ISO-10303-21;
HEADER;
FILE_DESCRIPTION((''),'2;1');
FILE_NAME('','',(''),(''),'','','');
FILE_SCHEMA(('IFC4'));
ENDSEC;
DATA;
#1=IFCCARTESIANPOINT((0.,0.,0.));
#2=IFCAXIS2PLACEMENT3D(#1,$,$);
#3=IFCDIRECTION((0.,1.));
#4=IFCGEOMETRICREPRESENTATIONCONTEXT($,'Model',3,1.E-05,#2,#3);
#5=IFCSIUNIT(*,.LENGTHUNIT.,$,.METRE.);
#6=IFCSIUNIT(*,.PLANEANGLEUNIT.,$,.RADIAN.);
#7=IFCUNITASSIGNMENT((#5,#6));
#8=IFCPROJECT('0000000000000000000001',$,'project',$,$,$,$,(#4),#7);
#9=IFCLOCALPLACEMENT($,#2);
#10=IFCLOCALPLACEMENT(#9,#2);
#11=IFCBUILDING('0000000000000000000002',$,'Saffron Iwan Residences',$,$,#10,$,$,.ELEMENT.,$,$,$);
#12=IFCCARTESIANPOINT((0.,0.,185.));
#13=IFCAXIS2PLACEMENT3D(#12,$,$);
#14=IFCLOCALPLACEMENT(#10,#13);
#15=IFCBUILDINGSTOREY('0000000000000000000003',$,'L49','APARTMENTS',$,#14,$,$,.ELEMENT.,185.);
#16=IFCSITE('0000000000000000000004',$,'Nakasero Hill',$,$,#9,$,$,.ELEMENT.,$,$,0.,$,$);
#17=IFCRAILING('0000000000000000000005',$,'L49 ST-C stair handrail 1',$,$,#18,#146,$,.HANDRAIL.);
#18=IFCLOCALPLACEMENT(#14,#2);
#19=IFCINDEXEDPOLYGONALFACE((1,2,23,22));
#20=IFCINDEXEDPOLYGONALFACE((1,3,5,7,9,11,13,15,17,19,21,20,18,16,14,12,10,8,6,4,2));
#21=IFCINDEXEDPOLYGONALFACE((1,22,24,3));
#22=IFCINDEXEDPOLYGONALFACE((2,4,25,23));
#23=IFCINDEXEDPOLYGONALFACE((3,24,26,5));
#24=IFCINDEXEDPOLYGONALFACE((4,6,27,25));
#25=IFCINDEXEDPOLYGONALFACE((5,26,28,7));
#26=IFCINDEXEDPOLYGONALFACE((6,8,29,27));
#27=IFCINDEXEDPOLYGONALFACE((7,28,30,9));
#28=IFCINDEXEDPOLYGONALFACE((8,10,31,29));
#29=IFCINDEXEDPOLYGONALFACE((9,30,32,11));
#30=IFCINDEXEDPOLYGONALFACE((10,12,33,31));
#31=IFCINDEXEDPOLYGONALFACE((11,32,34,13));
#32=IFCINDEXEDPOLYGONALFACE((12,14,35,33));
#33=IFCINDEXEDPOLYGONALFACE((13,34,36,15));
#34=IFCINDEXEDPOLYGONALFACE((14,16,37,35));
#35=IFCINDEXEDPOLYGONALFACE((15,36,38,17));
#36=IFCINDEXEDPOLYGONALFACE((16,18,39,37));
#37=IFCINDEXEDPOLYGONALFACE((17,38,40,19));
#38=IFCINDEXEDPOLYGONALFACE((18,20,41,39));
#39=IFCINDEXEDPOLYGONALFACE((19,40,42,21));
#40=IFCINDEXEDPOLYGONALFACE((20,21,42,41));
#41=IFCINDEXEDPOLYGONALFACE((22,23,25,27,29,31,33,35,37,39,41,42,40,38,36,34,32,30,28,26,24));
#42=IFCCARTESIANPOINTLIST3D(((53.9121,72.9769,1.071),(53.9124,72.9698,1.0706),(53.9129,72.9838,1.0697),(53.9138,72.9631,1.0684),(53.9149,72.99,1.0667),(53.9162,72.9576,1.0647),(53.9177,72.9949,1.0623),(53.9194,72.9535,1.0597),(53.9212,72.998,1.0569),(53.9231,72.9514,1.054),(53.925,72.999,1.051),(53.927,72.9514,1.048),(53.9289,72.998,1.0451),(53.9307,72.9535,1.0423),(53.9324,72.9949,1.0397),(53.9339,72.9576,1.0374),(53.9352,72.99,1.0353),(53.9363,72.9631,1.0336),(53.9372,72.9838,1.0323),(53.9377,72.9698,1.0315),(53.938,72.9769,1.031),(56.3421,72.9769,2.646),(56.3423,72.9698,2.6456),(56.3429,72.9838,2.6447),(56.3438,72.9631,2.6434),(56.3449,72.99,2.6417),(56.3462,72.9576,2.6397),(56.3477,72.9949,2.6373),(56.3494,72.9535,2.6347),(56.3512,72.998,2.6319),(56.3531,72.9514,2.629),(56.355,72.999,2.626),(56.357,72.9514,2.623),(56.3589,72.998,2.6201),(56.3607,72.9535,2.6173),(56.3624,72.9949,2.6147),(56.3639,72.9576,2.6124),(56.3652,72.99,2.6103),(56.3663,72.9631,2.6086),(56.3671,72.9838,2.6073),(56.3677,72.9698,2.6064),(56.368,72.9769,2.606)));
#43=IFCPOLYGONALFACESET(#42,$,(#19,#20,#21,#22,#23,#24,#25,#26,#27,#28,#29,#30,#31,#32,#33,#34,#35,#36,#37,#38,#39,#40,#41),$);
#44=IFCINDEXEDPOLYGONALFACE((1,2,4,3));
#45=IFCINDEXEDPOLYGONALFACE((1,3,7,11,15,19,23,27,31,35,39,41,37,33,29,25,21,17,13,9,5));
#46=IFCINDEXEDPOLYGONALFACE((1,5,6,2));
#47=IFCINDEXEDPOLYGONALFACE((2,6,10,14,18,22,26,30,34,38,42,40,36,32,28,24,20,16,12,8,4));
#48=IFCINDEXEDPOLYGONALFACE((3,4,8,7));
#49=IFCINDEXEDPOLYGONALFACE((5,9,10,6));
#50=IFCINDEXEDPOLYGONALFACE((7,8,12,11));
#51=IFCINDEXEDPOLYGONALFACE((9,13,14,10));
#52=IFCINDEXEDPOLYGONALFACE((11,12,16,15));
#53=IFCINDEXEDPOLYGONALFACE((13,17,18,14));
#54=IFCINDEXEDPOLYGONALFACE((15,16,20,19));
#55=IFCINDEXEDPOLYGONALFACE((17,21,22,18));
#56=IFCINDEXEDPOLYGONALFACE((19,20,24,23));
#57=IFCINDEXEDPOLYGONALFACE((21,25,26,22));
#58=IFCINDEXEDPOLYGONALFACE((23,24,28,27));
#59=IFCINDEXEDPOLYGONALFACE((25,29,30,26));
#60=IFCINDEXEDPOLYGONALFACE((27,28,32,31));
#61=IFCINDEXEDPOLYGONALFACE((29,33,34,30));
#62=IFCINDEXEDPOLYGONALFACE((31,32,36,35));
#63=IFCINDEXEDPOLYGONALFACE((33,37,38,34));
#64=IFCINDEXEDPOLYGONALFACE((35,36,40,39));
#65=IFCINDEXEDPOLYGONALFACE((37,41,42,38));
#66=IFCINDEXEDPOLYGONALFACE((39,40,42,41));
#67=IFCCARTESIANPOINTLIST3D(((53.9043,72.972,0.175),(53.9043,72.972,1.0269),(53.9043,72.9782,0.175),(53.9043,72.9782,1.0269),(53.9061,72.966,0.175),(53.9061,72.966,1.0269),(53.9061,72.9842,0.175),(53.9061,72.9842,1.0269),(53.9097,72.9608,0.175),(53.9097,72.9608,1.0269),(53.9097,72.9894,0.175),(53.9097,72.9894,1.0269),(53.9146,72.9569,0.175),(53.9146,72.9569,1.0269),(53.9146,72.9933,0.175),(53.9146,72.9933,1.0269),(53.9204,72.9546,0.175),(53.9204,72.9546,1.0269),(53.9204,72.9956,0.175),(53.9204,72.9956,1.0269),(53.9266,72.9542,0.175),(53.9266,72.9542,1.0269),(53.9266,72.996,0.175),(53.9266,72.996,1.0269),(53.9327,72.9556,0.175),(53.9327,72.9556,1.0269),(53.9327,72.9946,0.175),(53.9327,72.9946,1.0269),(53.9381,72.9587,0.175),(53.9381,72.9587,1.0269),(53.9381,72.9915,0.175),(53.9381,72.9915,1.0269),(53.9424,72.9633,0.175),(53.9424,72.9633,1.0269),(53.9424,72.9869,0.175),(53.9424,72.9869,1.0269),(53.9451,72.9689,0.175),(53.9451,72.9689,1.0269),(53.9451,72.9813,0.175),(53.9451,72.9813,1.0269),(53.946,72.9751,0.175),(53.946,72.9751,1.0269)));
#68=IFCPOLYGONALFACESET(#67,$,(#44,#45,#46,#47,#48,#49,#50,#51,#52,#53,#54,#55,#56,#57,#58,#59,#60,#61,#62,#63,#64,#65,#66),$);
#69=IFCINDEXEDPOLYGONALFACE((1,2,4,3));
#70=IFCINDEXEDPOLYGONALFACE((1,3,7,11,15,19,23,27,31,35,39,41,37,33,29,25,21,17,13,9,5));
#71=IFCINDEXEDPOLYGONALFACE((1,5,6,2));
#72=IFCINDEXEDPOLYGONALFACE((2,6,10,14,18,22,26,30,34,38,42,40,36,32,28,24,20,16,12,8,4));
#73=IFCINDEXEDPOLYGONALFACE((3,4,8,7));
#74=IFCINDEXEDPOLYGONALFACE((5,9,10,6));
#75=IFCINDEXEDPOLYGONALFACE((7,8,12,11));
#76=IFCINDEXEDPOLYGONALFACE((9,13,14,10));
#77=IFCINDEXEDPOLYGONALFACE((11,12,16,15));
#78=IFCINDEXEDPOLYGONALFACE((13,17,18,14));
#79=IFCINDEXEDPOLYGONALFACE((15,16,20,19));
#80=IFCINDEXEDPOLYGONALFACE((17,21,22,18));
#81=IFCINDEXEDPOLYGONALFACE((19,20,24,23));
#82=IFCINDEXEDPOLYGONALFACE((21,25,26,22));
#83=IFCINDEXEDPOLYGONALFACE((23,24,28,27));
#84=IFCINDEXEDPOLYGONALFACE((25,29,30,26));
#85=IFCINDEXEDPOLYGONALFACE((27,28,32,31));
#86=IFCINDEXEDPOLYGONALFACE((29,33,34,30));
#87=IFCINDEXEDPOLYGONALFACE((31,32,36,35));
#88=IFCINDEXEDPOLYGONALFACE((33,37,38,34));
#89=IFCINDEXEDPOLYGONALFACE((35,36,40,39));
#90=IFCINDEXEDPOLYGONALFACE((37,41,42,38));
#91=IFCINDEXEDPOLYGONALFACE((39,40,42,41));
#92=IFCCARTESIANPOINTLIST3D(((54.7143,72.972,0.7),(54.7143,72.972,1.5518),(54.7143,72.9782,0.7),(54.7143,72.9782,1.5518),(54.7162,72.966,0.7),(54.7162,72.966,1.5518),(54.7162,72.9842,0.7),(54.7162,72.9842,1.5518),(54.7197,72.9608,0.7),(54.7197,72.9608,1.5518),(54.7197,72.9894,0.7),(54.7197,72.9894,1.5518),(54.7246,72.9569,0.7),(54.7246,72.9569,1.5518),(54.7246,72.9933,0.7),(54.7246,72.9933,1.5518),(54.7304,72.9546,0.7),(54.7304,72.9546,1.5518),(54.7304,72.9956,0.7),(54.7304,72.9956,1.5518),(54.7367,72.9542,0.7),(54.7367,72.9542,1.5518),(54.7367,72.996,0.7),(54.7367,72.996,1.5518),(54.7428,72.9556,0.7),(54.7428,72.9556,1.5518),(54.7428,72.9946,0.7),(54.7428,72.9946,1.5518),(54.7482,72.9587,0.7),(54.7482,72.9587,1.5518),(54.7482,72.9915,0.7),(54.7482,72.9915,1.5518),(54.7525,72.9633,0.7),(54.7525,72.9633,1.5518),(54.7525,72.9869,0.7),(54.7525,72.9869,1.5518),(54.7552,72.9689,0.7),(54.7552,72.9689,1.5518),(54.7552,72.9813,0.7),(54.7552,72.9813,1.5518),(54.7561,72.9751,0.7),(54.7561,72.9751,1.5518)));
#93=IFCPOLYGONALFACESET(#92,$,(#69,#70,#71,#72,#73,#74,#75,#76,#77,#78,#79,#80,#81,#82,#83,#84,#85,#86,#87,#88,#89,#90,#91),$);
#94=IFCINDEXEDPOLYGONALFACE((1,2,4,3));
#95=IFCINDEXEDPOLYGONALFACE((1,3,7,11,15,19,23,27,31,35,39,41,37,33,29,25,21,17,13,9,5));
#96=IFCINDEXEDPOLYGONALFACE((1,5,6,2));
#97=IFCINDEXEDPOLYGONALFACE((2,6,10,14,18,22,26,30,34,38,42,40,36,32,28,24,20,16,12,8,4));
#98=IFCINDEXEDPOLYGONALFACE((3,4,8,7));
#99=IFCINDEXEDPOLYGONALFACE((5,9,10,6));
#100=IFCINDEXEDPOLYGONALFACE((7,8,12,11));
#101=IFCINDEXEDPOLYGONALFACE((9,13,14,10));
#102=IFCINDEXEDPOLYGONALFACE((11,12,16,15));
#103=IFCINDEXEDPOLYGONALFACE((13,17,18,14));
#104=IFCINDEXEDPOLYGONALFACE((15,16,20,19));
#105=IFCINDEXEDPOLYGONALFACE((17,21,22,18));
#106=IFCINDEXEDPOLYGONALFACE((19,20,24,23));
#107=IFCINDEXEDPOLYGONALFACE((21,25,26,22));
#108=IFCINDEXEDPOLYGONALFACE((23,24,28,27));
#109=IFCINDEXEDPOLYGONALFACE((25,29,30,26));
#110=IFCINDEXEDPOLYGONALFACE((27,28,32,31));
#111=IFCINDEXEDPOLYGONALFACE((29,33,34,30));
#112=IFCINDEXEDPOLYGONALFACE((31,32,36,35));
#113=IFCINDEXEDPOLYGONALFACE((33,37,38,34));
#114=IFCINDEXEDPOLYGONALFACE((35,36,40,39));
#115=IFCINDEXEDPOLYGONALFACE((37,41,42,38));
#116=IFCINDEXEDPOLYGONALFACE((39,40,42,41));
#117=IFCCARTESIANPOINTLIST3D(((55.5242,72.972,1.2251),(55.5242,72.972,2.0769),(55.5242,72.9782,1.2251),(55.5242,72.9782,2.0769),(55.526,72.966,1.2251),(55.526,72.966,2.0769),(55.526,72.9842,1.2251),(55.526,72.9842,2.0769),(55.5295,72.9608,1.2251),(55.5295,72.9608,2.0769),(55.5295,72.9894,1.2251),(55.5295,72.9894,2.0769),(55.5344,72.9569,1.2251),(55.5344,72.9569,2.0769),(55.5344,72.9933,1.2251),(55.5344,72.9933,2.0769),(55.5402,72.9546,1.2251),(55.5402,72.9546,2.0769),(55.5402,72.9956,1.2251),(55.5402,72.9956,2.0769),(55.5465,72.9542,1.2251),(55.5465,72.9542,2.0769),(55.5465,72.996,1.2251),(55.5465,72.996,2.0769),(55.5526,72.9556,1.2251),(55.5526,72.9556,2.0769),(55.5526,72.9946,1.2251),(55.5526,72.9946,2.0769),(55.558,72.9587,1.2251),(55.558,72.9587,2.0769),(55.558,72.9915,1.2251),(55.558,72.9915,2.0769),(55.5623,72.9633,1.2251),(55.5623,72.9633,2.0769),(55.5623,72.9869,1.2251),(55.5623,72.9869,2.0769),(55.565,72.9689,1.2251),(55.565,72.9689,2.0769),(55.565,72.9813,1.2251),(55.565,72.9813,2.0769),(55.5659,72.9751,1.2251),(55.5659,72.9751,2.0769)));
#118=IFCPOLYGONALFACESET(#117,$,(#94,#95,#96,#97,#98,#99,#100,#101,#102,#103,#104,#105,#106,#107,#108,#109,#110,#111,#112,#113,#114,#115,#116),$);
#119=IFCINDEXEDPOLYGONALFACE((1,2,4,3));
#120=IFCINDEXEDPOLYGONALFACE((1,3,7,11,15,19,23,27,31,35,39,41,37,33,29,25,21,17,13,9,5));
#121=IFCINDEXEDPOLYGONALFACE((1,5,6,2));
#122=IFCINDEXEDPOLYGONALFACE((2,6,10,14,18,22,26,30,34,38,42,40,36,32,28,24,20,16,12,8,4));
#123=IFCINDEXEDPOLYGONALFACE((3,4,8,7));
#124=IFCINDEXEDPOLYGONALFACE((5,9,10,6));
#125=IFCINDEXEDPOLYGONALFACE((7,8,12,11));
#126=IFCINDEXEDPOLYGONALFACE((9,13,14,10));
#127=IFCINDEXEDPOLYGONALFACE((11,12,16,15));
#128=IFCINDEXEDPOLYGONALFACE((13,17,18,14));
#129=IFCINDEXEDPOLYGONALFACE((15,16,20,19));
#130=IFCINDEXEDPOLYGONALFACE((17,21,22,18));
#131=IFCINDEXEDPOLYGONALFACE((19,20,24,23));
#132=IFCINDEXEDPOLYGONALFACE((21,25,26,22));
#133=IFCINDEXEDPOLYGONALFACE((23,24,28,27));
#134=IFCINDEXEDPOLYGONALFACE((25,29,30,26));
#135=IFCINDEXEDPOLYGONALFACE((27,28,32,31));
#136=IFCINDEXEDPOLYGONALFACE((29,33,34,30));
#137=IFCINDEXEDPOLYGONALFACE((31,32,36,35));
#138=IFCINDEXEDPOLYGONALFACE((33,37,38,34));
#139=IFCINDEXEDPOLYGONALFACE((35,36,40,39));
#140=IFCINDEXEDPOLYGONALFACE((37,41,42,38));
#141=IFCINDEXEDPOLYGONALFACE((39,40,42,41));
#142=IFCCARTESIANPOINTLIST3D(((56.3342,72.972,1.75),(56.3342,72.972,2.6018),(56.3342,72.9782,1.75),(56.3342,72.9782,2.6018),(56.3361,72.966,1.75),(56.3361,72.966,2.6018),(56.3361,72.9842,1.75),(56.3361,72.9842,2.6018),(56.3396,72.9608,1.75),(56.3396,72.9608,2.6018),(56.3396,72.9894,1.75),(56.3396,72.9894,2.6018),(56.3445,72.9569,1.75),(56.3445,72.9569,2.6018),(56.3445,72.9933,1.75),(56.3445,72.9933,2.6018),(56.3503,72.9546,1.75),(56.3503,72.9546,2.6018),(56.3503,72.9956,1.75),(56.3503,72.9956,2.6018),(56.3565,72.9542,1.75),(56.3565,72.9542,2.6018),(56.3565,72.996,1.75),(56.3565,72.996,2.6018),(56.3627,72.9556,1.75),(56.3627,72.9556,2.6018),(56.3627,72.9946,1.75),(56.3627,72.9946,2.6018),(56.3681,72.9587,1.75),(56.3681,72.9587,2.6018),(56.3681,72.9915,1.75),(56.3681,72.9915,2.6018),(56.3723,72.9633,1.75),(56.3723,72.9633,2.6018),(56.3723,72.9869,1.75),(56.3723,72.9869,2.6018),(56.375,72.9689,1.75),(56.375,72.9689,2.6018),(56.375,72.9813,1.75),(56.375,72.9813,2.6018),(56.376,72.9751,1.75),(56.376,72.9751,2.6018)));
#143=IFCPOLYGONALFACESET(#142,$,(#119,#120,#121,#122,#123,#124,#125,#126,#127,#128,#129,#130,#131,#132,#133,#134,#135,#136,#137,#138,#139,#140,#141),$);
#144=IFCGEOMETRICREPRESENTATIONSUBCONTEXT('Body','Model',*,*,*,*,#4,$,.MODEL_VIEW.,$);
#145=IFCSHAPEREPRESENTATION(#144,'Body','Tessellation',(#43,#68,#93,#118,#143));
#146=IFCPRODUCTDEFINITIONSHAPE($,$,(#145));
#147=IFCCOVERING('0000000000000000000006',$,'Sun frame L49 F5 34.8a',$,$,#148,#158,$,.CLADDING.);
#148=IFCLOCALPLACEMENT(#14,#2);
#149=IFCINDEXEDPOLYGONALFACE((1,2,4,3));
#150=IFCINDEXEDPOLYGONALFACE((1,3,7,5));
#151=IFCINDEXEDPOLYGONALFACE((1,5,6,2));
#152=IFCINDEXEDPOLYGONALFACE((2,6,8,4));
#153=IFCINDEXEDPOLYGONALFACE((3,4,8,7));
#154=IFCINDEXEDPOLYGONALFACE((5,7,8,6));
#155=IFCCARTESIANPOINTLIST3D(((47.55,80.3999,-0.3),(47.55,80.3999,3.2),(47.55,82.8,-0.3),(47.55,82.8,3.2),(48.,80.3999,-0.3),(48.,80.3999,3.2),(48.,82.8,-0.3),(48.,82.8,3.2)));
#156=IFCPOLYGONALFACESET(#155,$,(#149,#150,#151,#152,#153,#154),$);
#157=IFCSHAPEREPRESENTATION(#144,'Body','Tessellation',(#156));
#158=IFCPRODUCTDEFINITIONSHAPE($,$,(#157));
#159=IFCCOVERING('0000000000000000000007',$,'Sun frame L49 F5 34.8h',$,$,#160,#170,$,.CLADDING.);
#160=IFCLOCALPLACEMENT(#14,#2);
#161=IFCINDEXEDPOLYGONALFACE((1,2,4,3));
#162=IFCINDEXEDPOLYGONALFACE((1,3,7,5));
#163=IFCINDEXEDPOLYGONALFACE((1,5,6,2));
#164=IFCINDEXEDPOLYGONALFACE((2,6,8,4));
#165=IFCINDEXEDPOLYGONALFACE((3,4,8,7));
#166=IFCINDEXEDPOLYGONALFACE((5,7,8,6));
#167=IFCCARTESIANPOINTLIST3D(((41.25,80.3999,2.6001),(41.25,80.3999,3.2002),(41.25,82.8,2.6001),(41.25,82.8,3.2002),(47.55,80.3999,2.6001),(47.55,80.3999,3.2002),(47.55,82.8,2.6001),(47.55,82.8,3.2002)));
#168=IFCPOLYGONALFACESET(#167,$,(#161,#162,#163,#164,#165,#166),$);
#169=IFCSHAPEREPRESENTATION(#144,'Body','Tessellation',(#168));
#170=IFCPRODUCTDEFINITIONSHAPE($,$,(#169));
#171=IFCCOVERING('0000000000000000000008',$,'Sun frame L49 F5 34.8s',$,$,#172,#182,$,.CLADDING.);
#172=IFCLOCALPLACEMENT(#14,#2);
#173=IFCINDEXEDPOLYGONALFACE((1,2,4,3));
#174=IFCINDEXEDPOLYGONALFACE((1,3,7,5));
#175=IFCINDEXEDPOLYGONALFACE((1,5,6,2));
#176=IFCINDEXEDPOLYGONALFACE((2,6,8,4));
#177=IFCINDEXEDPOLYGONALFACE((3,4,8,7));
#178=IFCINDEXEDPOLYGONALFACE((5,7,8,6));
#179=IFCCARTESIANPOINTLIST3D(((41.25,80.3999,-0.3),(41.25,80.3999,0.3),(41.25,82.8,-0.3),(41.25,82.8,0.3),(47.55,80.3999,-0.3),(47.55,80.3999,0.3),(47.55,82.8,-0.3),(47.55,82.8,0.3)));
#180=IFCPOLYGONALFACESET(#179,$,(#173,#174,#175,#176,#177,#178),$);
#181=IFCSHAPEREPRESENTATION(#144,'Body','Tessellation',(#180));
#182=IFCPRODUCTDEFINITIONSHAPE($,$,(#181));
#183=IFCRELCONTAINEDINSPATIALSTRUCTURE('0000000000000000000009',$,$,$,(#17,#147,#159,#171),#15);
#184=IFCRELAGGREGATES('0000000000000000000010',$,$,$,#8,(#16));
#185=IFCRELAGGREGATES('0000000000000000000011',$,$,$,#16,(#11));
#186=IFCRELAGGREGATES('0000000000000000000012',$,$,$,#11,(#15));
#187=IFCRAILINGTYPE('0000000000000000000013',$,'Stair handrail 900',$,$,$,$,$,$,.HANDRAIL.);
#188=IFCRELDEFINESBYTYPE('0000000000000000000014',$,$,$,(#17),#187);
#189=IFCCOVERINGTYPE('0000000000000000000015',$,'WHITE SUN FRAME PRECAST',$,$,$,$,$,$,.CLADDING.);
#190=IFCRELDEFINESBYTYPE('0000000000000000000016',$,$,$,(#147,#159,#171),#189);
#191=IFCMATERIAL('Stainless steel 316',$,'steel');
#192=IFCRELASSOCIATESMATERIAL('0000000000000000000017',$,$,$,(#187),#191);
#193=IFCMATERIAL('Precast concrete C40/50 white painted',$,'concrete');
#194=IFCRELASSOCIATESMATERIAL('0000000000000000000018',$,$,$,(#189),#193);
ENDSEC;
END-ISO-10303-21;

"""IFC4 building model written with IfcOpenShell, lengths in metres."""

from ifc_helpers import new_model, si_unit, direction, frame, origin, origin_2d, place, context, subcontext, project, spatial, polyline, circle, outline, extrude, material, type_object, element, save


model = new_model("IFC4")

# Units and contexts
model_context = context("Model", 3, precision=1e-05, world=origin(), true_north=direction((0.0, 1.0)))
body_context = subcontext(model_context, "Body", "Model", "MODEL_VIEW")
ifc_project = project(units=[si_unit("LENGTHUNIT", "METRE"), si_unit("PLANEANGLEUNIT", "RADIAN")], contexts=[model_context])

# Site, building, storey
site_placement = place(None, origin())
site = spatial("IfcSite", under=ifc_project, at=site_placement, Name="Nakasero Hill", CompositionType="ELEMENT", RefElevation=0.0)
building_placement = place(site_placement, origin())
building = spatial("IfcBuilding", under=site, at=building_placement, Name="Saffron Iwan Residences", CompositionType="ELEMENT")
storey_placement = place(building_placement, frame((0.0, 0.0, 185.0)))
storey = spatial("IfcBuildingStorey", under=building, at=storey_placement, Name="L49", Description="APARTMENTS", CompositionType="ELEMENT", Elevation=185.0)

# Railing
ifc_material_1 = material(Name="Stainless steel 316", Category="steel")
railing_type_1 = type_object("IfcRailingType", Name="Stair handrail 900", PredefinedType="HANDRAIL", material=ifc_material_1)
railing_1_placement = place(storey_placement, frame((53.925, 72.9751, 0.175)))
element("IfcRailing", 1, at=railing_1_placement, inside=storey, type_object=railing_type_1, Name="L49 ST-C stair handrail 1", PredefinedType="HANDRAIL", context=body_context, shape_type="SweptSolid", body=[
    extrude(circle(Radius=0.0239, at=origin_2d()), frame((0.0, 0.0, 0.876), z_axis=(0.839154, 0.0, 0.543894), x_axis=(0.0, 1.0, 0.0)), (0.0, 0.0, 1.0), 2.8958),
    extrude(circle(Radius=0.021, at=origin_2d()), origin(), (0.0, 0.0, 1.0), 0.8518),
    extrude(circle(Radius=0.021, at=origin_2d()), frame((0.8101, 0.0, 0.5249)), (0.0, 0.0, 1.0), 0.8518),
    extrude(circle(Radius=0.021, at=origin_2d()), frame((1.6199, 0.0, 1.05)), (0.0, 0.0, 1.0), 0.8518),
    extrude(circle(Radius=0.021, at=origin_2d()), frame((2.4299, 0.0, 1.575)), (0.0, 0.0, 1.0), 0.8518),
])

# Coverings
ifc_material_2 = material(Name="Precast concrete C40/50 white painted", Category="concrete")
covering_type_1 = type_object("IfcCoveringType", Name="WHITE SUN FRAME PRECAST", PredefinedType="CLADDING", material=ifc_material_2)
covering_1_placement = place(storey_placement, frame((48.0, 80.3999, -0.3), z_axis=(0.0, 1.0, 0.0), x_axis=(-1.0, 0.0, 0.0)))
element("IfcCovering", 2, at=covering_1_placement, inside=storey, type_object=covering_type_1, Name="Sun frame L49 F5 34.8a", PredefinedType="CLADDING", context=body_context, shape_type="SweptSolid", body=[
    extrude(outline(polyline([(0.0, 0.0), (0.45, 0.0), (0.45, 3.5), (0.0, 3.5), (0.0, 0.0)])), origin(), (0.0, 0.0, 1.0), 2.4001),
])
for number, where, z_axis, x_axis, name in (
    (3, (47.55, 80.3999, 2.6001), (0.0, 1.0, 0.0), (-1.0, 0.0, 0.0), "Sun frame L49 F5 34.8h"),
    (4, (47.55, 80.3999, -0.3), (0.0, 1.0, 0.0), (-1.0, 0.0, 0.0), "Sun frame L49 F5 34.8s"),
):
    element("IfcCovering", number, at=place(storey_placement, frame(where, z_axis=z_axis, x_axis=x_axis)), inside=storey, type_object=covering_type_1, Name=name, PredefinedType="CLADDING", context=body_context, shape_type="SweptSolid", body=[
        extrude(outline(polyline([(0.0, 0.0), (6.3, 0.0), (6.3, 0.6001), (0.0, 0.6001), (0.0, 0.0)])), origin(), (0.0, 0.0, 1.0), 2.4001),
    ])

save(model, "model.ifc")
